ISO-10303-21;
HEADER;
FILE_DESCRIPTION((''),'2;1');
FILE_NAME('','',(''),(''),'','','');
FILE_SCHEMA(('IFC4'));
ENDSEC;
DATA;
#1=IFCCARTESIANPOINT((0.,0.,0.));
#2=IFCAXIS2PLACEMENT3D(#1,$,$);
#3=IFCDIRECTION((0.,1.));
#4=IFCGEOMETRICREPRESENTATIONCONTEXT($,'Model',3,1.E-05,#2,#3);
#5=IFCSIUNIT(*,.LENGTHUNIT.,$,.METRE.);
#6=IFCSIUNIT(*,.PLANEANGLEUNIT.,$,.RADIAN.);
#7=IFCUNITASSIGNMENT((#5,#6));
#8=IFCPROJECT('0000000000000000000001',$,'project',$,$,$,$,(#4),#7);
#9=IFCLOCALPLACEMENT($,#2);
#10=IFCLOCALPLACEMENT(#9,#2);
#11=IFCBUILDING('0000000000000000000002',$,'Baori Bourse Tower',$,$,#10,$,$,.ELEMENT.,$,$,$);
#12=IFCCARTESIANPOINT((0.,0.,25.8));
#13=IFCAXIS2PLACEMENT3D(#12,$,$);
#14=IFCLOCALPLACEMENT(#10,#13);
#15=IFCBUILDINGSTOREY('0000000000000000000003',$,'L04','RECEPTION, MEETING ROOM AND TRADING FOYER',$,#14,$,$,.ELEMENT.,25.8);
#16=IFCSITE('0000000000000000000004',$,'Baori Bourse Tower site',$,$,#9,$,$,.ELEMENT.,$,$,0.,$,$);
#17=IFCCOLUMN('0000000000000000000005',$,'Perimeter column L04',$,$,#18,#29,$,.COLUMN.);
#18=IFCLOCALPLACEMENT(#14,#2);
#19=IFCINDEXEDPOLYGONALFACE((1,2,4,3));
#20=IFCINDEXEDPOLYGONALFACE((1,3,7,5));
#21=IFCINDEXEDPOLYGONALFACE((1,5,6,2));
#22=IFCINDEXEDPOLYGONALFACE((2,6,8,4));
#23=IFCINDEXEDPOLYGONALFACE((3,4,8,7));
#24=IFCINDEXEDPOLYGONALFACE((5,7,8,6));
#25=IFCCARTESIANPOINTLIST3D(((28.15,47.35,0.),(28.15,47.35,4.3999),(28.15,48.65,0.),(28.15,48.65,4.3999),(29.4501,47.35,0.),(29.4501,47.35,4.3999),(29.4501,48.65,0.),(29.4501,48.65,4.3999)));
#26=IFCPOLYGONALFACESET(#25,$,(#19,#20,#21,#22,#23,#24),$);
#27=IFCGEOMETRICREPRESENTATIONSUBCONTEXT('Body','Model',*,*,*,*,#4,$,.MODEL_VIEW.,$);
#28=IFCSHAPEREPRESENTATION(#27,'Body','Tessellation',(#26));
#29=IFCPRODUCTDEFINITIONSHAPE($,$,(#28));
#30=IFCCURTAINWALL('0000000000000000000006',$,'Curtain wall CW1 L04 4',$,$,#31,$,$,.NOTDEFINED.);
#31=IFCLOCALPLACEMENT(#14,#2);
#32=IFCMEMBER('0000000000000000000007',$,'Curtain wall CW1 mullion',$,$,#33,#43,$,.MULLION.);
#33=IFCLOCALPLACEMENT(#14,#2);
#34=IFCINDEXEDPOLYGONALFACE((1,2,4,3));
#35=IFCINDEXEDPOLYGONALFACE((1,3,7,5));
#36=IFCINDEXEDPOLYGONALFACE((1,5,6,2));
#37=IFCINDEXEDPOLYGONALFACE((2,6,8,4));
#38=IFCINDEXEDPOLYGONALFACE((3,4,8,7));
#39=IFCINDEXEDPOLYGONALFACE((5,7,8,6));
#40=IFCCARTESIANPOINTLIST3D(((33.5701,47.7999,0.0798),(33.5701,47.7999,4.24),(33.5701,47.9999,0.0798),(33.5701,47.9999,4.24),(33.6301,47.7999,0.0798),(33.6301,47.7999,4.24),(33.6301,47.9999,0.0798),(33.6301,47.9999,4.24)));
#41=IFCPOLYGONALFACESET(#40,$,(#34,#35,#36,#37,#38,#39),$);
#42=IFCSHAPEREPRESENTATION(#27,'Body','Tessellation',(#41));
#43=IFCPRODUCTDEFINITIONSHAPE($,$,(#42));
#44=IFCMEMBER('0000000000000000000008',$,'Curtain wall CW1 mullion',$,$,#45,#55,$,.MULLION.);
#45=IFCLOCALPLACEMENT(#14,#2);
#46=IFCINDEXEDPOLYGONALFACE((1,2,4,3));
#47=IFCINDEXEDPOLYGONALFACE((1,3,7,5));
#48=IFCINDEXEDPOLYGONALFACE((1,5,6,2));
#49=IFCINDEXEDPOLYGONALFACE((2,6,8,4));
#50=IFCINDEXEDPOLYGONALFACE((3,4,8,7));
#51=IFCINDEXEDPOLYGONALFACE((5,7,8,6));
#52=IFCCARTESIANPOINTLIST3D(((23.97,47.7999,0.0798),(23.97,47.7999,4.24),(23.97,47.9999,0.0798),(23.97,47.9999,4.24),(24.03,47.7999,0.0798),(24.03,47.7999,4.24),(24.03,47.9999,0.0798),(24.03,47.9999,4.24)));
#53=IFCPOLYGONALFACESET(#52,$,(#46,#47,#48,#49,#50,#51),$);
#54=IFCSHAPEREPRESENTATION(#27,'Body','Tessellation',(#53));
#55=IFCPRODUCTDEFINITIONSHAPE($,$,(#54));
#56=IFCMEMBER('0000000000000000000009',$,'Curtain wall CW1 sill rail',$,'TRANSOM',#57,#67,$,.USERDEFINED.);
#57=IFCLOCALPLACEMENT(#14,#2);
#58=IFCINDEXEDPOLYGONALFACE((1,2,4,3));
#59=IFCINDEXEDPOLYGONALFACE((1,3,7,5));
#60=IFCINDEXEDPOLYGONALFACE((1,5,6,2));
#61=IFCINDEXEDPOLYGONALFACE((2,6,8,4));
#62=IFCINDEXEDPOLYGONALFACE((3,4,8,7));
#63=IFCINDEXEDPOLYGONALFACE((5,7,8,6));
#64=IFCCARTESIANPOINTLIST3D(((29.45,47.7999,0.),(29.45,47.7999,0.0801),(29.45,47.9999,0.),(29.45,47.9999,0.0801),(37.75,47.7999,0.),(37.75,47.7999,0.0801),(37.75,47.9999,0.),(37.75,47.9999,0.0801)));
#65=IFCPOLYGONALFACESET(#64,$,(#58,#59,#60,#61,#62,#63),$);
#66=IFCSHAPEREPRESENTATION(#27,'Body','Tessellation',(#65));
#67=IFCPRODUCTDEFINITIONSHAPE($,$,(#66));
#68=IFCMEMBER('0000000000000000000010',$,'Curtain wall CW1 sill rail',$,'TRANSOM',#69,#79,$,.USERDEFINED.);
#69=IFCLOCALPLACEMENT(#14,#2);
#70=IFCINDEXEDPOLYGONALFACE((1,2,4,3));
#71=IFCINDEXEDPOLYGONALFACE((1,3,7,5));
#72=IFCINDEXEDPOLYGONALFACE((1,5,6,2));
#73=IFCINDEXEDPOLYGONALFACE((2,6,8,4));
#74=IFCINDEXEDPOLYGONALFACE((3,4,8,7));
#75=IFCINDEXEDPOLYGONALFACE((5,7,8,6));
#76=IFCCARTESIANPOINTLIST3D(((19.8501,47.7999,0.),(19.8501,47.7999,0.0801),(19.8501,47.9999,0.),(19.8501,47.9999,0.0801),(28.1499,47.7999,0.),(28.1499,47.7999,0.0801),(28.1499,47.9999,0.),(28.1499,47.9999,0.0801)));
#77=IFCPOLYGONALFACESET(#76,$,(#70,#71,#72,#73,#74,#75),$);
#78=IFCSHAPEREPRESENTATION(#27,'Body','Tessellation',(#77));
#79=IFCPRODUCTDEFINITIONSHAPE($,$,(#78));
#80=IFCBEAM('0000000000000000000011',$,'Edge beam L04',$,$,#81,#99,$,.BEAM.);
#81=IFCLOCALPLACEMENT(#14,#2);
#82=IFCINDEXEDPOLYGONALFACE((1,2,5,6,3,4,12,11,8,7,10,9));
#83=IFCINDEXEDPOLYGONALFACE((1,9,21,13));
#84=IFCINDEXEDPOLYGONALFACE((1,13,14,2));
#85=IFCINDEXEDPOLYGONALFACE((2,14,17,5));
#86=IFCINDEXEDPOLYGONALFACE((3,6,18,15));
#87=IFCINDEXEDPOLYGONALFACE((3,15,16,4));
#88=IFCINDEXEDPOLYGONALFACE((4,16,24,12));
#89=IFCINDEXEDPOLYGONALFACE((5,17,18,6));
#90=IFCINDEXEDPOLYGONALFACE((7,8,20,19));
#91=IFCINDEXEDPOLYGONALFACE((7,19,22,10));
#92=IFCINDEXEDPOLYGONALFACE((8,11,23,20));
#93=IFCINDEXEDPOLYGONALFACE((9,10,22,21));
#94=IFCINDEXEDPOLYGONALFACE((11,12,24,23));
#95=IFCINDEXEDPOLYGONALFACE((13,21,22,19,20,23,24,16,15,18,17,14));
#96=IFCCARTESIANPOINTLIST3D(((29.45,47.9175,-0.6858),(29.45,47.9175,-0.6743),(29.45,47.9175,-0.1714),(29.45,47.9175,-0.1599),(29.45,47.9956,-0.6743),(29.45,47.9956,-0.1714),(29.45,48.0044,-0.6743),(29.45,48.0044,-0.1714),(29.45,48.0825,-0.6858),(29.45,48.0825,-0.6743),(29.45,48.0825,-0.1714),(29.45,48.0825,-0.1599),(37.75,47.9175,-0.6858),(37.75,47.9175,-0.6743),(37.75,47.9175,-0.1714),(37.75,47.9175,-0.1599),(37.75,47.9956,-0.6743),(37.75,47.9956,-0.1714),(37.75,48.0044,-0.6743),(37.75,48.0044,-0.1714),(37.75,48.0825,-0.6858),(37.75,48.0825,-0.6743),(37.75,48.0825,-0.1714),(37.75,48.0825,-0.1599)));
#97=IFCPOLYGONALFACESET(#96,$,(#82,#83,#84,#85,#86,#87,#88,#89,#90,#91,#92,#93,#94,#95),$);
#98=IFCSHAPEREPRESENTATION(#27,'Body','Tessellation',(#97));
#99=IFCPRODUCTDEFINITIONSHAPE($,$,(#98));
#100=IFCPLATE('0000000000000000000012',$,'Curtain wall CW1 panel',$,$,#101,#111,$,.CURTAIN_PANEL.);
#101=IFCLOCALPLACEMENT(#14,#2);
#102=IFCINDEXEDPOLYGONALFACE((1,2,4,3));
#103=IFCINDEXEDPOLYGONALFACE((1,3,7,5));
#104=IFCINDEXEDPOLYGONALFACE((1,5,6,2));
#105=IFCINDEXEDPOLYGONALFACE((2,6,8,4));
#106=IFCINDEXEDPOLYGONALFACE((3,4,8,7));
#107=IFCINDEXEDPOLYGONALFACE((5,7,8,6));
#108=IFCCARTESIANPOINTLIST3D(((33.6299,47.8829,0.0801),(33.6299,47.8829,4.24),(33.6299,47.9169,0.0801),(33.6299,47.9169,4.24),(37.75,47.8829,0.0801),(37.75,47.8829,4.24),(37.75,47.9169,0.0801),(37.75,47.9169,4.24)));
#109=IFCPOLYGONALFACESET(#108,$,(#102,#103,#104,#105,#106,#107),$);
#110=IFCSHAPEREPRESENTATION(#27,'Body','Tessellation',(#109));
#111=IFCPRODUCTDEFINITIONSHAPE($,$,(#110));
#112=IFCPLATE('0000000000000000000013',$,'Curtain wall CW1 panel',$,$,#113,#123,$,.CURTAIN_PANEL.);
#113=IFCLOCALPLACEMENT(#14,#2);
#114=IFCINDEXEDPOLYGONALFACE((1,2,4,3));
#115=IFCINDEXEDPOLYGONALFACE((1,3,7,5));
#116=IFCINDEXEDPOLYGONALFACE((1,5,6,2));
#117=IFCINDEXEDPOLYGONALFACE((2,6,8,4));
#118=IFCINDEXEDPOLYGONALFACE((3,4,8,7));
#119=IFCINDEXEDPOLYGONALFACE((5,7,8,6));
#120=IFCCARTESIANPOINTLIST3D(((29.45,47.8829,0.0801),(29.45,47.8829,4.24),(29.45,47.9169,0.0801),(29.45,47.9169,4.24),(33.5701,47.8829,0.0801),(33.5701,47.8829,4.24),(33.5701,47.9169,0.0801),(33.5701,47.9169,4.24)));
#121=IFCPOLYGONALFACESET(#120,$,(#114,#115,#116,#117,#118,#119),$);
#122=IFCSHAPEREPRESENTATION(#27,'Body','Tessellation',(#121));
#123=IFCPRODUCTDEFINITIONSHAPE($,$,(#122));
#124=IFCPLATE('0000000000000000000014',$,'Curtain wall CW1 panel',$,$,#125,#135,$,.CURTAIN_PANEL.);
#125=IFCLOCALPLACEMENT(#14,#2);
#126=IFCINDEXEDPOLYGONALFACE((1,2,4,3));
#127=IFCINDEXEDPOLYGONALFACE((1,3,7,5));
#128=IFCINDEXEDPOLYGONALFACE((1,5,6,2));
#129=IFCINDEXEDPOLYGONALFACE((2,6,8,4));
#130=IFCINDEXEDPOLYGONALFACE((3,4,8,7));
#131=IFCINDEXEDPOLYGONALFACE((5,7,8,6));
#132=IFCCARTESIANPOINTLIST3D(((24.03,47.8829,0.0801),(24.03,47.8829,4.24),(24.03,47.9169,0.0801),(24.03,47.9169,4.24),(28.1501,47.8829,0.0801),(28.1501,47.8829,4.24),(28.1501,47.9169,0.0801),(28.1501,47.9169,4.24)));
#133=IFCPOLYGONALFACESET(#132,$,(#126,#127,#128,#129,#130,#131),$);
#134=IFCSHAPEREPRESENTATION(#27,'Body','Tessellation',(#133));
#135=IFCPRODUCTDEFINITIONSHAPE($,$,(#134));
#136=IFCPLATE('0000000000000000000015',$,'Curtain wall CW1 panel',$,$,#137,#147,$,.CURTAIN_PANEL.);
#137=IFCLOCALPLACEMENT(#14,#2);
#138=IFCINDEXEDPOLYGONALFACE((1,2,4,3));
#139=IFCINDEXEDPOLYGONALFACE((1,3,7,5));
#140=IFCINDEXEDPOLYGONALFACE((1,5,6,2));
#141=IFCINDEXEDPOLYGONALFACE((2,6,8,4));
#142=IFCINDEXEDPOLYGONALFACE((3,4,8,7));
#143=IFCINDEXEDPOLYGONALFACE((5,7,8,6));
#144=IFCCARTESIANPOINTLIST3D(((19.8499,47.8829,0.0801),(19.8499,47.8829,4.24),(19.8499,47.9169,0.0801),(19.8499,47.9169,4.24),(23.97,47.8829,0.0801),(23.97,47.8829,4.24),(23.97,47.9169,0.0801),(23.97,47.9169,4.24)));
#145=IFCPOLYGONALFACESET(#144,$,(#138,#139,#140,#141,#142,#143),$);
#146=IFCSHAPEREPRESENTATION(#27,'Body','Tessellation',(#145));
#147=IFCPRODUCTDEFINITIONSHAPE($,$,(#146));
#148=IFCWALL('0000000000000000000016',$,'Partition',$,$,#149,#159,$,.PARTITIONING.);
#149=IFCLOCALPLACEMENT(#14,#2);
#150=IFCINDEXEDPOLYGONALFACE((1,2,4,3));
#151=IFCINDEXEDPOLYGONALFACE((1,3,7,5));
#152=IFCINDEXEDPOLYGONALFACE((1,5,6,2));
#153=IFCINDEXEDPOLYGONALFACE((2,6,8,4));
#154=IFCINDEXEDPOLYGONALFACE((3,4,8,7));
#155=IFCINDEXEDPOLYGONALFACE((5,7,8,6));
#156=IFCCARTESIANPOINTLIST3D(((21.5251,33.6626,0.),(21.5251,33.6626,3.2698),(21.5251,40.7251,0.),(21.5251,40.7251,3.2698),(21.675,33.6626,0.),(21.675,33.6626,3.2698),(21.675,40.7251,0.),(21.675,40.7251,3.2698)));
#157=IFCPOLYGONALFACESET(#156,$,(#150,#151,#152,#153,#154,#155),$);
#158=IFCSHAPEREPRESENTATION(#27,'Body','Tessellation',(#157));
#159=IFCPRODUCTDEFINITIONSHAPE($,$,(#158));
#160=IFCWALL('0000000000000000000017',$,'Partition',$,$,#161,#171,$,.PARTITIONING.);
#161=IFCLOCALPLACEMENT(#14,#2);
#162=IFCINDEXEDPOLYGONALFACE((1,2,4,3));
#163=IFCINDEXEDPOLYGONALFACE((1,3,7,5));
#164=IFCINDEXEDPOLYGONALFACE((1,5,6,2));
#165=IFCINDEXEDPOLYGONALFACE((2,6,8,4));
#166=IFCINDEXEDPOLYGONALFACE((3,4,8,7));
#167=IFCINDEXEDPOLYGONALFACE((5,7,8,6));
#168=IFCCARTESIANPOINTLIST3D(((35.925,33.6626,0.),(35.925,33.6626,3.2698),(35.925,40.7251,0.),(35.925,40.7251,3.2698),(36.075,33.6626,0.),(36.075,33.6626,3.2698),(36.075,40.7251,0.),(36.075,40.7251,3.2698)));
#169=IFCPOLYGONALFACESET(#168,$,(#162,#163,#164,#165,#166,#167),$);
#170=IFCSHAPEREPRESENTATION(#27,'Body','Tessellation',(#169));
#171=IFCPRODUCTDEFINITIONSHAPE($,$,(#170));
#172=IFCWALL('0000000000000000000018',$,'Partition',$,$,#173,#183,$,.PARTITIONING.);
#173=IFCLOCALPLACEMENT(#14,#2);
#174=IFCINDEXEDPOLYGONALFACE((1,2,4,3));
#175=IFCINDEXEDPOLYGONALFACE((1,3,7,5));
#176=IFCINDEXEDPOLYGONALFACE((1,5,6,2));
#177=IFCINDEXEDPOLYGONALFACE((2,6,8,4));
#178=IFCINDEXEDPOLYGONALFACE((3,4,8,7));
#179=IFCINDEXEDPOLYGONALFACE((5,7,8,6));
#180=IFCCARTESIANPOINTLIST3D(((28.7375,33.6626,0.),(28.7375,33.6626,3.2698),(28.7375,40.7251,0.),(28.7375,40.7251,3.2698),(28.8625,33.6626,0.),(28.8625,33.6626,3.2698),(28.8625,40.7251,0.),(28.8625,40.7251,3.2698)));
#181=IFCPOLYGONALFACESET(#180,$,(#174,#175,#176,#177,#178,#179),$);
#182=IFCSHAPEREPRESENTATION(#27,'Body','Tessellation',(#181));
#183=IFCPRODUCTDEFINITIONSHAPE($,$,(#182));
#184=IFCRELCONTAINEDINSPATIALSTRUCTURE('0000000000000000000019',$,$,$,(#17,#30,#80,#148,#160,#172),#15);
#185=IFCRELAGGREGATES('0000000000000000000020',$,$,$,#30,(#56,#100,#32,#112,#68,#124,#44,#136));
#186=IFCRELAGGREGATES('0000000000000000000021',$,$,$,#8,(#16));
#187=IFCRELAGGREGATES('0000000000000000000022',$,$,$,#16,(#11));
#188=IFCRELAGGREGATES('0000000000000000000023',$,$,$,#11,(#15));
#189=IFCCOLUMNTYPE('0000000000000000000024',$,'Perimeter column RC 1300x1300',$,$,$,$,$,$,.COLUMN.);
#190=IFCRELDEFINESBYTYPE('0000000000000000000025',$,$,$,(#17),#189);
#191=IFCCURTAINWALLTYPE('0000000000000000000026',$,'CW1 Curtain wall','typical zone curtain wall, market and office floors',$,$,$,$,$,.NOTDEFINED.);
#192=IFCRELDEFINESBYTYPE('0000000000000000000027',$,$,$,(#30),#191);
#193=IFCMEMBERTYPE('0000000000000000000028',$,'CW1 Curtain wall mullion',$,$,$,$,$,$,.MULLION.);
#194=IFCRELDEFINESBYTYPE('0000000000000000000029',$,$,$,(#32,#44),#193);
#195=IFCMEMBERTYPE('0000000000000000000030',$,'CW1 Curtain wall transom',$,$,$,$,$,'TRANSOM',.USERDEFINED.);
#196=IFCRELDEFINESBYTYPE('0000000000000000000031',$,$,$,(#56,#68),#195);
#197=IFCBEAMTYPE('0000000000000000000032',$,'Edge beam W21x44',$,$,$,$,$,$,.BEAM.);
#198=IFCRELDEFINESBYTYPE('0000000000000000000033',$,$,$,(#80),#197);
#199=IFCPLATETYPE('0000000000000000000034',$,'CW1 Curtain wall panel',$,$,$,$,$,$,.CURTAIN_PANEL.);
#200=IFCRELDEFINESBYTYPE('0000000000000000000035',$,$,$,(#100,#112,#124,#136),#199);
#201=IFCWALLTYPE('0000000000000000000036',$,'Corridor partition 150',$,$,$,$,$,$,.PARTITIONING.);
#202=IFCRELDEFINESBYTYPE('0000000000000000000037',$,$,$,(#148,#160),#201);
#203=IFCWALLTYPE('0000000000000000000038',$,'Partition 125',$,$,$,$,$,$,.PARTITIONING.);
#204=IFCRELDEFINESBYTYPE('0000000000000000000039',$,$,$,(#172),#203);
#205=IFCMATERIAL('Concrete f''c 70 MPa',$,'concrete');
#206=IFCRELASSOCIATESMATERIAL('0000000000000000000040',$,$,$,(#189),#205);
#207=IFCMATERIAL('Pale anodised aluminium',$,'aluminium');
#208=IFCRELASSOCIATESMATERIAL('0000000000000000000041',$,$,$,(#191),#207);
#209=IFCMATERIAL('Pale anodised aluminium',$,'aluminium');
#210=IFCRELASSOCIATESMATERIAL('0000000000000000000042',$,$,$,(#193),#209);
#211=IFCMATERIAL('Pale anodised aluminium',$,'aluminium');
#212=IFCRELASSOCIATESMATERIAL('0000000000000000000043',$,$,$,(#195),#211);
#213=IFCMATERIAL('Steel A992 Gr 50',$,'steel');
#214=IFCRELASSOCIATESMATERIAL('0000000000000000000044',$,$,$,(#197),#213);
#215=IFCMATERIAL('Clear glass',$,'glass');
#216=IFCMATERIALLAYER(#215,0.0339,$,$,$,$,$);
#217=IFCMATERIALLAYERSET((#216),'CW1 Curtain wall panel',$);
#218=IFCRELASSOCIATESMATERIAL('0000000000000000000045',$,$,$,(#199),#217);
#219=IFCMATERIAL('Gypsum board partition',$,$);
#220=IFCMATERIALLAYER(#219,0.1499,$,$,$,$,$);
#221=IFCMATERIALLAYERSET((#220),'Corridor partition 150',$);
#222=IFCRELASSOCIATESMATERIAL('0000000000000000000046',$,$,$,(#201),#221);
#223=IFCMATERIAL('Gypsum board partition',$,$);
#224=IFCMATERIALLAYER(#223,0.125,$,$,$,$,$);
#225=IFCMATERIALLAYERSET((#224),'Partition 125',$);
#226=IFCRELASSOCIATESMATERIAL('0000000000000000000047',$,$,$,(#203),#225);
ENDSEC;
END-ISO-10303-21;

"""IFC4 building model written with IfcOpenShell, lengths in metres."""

from ifc_helpers import new_model, si_unit, direction, frame, frame_2d, origin, origin_2d, place, context, subcontext, project, spatial, rectangle, i_section, extrude, material, layer, layer_set, material_profile, profile_set, type_object, element, aggregate, save


model = new_model("IFC4")

# Units and contexts
model_context = context("Model", 3, precision=1e-05, world=origin(), true_north=direction((0.0, 1.0)))
body_context = subcontext(model_context, "Body", "Model", "MODEL_VIEW")
ifc_project = project(units=[si_unit("LENGTHUNIT", "METRE"), si_unit("PLANEANGLEUNIT", "RADIAN")], contexts=[model_context])

# Site, building, storey
site_placement = place(None, origin())
site = spatial("IfcSite", under=ifc_project, at=site_placement, Name="Baori Bourse Tower site", CompositionType="ELEMENT", RefElevation=0.0)
building_placement = place(site_placement, origin())
building = spatial("IfcBuilding", under=site, at=building_placement, Name="Baori Bourse Tower", CompositionType="ELEMENT")
storey_placement = place(building_placement, frame((0.0, 0.0, 25.8)))
storey = spatial("IfcBuildingStorey", under=building, at=storey_placement, Name="L04", Description="RECEPTION, MEETING ROOM AND TRADING FOYER", CompositionType="ELEMENT", Elevation=25.8)

# Column
ifc_material_1 = material(Name="Concrete f'c 70 MPa", Category="concrete")
ifc_material_profile_1 = material_profile(ifc_material_1, rectangle(XDim=1.3, YDim=1.3, at=origin_2d()), Name="RC 1300x1300")
ifc_profile_set_1 = profile_set([ifc_material_profile_1], Name="Concrete f'c 70 MPa")
column_type = type_object("IfcColumnType", Name="Perimeter column RC 1300x1300", PredefinedType="COLUMN", material=ifc_profile_set_1)
column_placement = place(storey_placement, frame((28.8, 48.0, 0.0), z_axis=(0.0, 0.0, 1.0), x_axis=(1.0, 0.0, 0.0)))
element("IfcColumn", 1, at=column_placement, inside=storey, type_object=column_type, Name="Perimeter column L04", PredefinedType="COLUMN", context=body_context, shape_type="SweptSolid", body=[
    extrude(rectangle(XDim=1.3, YDim=1.3, at=origin_2d()), origin(), (0.0, 0.0, 1.0), 4.3999),
])

# Curtain wall, members
ifc_material_2 = material(Name="Pale anodised aluminium", Category="aluminium")
curtain_wall_type = type_object("IfcCurtainWallType", Name="CW1 Curtain wall", Description="typical zone curtain wall, market and office floors", PredefinedType="NOTDEFINED", material=ifc_material_2)
curtain_wall_placement = place(storey_placement, origin())
curtain_wall = element("IfcCurtainWall", 2, at=curtain_wall_placement, inside=storey, type_object=curtain_wall_type, Name="Curtain wall CW1 L04 4", PredefinedType="NOTDEFINED")
ifc_material_3 = material(Name="Pale anodised aluminium", Category="aluminium")
ifc_material_profile_2 = material_profile(ifc_material_3, rectangle(XDim=0.2, YDim=0.0601, at=origin_2d()), Name="Mullion 60x200")
ifc_profile_set_2 = profile_set([ifc_material_profile_2], Name="Pale anodised aluminium")
member_type_1 = type_object("IfcMemberType", Name="CW1 Curtain wall mullion", PredefinedType="MULLION", material=ifc_profile_set_2)
member_1_placement = place(storey_placement, frame((33.6001, 47.8999, 0.0798), z_axis=(0.0, 0.0, 1.0), x_axis=(0.0, -1.0, 0.0)))
member_1 = element("IfcMember", 3, at=member_1_placement, type_object=member_type_1, Name="Curtain wall CW1 mullion", PredefinedType="MULLION", context=body_context, shape_type="SweptSolid", body=[
    extrude(rectangle(XDim=0.2, YDim=0.0601, at=origin_2d()), origin(), (0.0, 0.0, 1.0), 4.1602),
])
member_2_placement = place(storey_placement, frame((24.0, 47.8999, 0.0798), z_axis=(0.0, 0.0, 1.0), x_axis=(0.0, -1.0, 0.0)))
member_2 = element("IfcMember", 4, at=member_2_placement, type_object=member_type_1, Name="Curtain wall CW1 mullion", PredefinedType="MULLION", context=body_context, shape_type="SweptSolid", body=[
    extrude(rectangle(XDim=0.2, YDim=0.0601, at=origin_2d()), origin(), (0.0, 0.0, 1.0), 4.1602),
])
ifc_material_4 = material(Name="Pale anodised aluminium", Category="aluminium")
ifc_material_profile_3 = material_profile(ifc_material_4, rectangle(XDim=0.2, YDim=0.0801, at=origin_2d()), Name="Transom 80x200")
ifc_profile_set_3 = profile_set([ifc_material_profile_3], Name="Pale anodised aluminium")
member_type_2 = type_object("IfcMemberType", Name="CW1 Curtain wall transom", ElementType="TRANSOM", PredefinedType="USERDEFINED", material=ifc_profile_set_3)
member_3_placement = place(storey_placement, frame((37.75, 47.8999, 0.04), z_axis=(-1.0, 0.0, 0.0), x_axis=(0.0, -1.0, 0.0)))
member_3 = element("IfcMember", 5, at=member_3_placement, type_object=member_type_2, Name="Curtain wall CW1 sill rail", ObjectType="TRANSOM", PredefinedType="USERDEFINED", context=body_context, shape_type="SweptSolid", body=[
    extrude(rectangle(XDim=0.2, YDim=0.0801, at=origin_2d()), origin(), (0.0, 0.0, 1.0), 8.3),
])
member_4_placement = place(storey_placement, frame((28.1499, 47.8999, 0.04), z_axis=(-1.0, 0.0, 0.0), x_axis=(0.0, -1.0, 0.0)))
member_4 = element("IfcMember", 6, at=member_4_placement, type_object=member_type_2, Name="Curtain wall CW1 sill rail", ObjectType="TRANSOM", PredefinedType="USERDEFINED", context=body_context, shape_type="SweptSolid", body=[
    extrude(rectangle(XDim=0.2, YDim=0.0801, at=origin_2d()), origin(), (0.0, 0.0, 1.0), 8.2998),
])

# Beam
ifc_material_5 = material(Name="Steel A992 Gr 50", Category="steel")
ifc_material_profile_4 = material_profile(ifc_material_5, i_section(OverallWidth=0.165, OverallDepth=0.5259, WebThickness=0.0088, FlangeThickness=0.0115, at=origin_2d()), Name="W21x44")
ifc_profile_set_4 = profile_set([ifc_material_profile_4], Name="Steel A992 Gr 50")
beam_type = type_object("IfcBeamType", Name="Edge beam W21x44", PredefinedType="BEAM", material=ifc_profile_set_4)
beam_placement = place(storey_placement, frame((29.45, 48.0, -0.4229), z_axis=(1.0, 0.0, 0.0), x_axis=(0.0, 1.0, 0.0)))
element("IfcBeam", 7, at=beam_placement, inside=storey, type_object=beam_type, Name="Edge beam L04", PredefinedType="BEAM", context=body_context, shape_type="SweptSolid", body=[
    extrude(i_section(OverallWidth=0.165, OverallDepth=0.5259, WebThickness=0.0088, FlangeThickness=0.0115, at=origin_2d()), origin(), (0.0, 0.0, 1.0), 8.3),
])

# Plates
ifc_material_6 = material(Name="Clear glass", Category="glass")
ifc_layer_1 = layer(ifc_material_6, 0.0339)
ifc_layer_set_1 = layer_set([ifc_layer_1], Name="CW1 Curtain wall panel")
plate_type = type_object("IfcPlateType", Name="CW1 Curtain wall panel", PredefinedType="CURTAIN_PANEL", material=ifc_layer_set_1)
plate_1_placement = place(storey_placement, frame((35.6899, 47.8999, 0.0801), z_axis=(0.0, 0.0, 1.0), x_axis=(-1.0, 0.0, 0.0)))
plate_1 = element("IfcPlate", 8, at=plate_1_placement, type_object=plate_type, Name="Curtain wall CW1 panel", PredefinedType="CURTAIN_PANEL", context=body_context, shape_type="SweptSolid", body=[
    extrude(rectangle(XDim=4.1201, YDim=0.0339, at=origin_2d()), origin(), (0.0, 0.0, 1.0), 4.1599),
])
plate_2_placement = place(storey_placement, frame((31.51, 47.8999, 0.0801), z_axis=(0.0, 0.0, 1.0), x_axis=(-1.0, 0.0, 0.0)))
plate_2 = element("IfcPlate", 9, at=plate_2_placement, type_object=plate_type, Name="Curtain wall CW1 panel", PredefinedType="CURTAIN_PANEL", context=body_context, shape_type="SweptSolid", body=[
    extrude(rectangle(XDim=4.1201, YDim=0.0339, at=origin_2d()), origin(), (0.0, 0.0, 1.0), 4.1599),
])
plate_3_placement = place(storey_placement, frame((26.0901, 47.8999, 0.0801), z_axis=(0.0, 0.0, 1.0), x_axis=(-1.0, 0.0, 0.0)))
plate_3 = element("IfcPlate", 10, at=plate_3_placement, type_object=plate_type, Name="Curtain wall CW1 panel", PredefinedType="CURTAIN_PANEL", context=body_context, shape_type="SweptSolid", body=[
    extrude(rectangle(XDim=4.1201, YDim=0.0339, at=origin_2d()), origin(), (0.0, 0.0, 1.0), 4.1599),
])
plate_4_placement = place(storey_placement, frame((21.9099, 47.8999, 0.0801), z_axis=(0.0, 0.0, 1.0), x_axis=(-1.0, 0.0, 0.0)))
plate_4 = element("IfcPlate", 11, at=plate_4_placement, type_object=plate_type, Name="Curtain wall CW1 panel", PredefinedType="CURTAIN_PANEL", context=body_context, shape_type="SweptSolid", body=[
    extrude(rectangle(XDim=4.1201, YDim=0.0339, at=origin_2d()), origin(), (0.0, 0.0, 1.0), 4.1599),
])
aggregate(curtain_wall, [member_3, plate_1, member_1, plate_2, member_4, plate_3, member_2, plate_4])

# Walls
ifc_material_7 = material(Name="Gypsum board partition")
ifc_layer_2 = layer(ifc_material_7, 0.1499)
ifc_layer_set_2 = layer_set([ifc_layer_2], Name="Corridor partition 150")
wall_type_1 = type_object("IfcWallType", Name="Corridor partition 150", PredefinedType="PARTITIONING", material=ifc_layer_set_2)
for number, where, z_axis, x_axis, name in (
    (12, (21.6001, 33.6626, 0.0), (0.0, 0.0, 1.0), (0.0, 1.0, 0.0), "Partition"),
    (13, (36.0, 33.6626, 0.0), (0.0, 0.0, 1.0), (0.0, 1.0, 0.0), "Partition"),
):
    element("IfcWall", number, at=place(storey_placement, frame(where, z_axis=z_axis, x_axis=x_axis)), inside=storey, type_object=wall_type_1, Name=name, PredefinedType="PARTITIONING", context=body_context, shape_type="SweptSolid", body=[
        extrude(rectangle(XDim=7.0625, YDim=0.1499, at=frame_2d((3.5312, 0.0))), origin(), (0.0, 0.0, 1.0), 3.2698),
    ])
ifc_material_8 = material(Name="Gypsum board partition")
ifc_layer_3 = layer(ifc_material_8, 0.125)
ifc_layer_set_3 = layer_set([ifc_layer_3], Name="Partition 125")
wall_type_2 = type_object("IfcWallType", Name="Partition 125", PredefinedType="PARTITIONING", material=ifc_layer_set_3)
wall_placement = place(storey_placement, frame((28.8, 33.6626, 0.0), z_axis=(0.0, 0.0, 1.0), x_axis=(0.0, 1.0, 0.0)))
element("IfcWall", 14, at=wall_placement, inside=storey, type_object=wall_type_2, Name="Partition", PredefinedType="PARTITIONING", context=body_context, shape_type="SweptSolid", body=[
    extrude(rectangle(XDim=7.0625, YDim=0.125, at=frame_2d((3.5312, 0.0))), origin(), (0.0, 0.0, 1.0), 3.2698),
])

save(model, "model.ifc")
